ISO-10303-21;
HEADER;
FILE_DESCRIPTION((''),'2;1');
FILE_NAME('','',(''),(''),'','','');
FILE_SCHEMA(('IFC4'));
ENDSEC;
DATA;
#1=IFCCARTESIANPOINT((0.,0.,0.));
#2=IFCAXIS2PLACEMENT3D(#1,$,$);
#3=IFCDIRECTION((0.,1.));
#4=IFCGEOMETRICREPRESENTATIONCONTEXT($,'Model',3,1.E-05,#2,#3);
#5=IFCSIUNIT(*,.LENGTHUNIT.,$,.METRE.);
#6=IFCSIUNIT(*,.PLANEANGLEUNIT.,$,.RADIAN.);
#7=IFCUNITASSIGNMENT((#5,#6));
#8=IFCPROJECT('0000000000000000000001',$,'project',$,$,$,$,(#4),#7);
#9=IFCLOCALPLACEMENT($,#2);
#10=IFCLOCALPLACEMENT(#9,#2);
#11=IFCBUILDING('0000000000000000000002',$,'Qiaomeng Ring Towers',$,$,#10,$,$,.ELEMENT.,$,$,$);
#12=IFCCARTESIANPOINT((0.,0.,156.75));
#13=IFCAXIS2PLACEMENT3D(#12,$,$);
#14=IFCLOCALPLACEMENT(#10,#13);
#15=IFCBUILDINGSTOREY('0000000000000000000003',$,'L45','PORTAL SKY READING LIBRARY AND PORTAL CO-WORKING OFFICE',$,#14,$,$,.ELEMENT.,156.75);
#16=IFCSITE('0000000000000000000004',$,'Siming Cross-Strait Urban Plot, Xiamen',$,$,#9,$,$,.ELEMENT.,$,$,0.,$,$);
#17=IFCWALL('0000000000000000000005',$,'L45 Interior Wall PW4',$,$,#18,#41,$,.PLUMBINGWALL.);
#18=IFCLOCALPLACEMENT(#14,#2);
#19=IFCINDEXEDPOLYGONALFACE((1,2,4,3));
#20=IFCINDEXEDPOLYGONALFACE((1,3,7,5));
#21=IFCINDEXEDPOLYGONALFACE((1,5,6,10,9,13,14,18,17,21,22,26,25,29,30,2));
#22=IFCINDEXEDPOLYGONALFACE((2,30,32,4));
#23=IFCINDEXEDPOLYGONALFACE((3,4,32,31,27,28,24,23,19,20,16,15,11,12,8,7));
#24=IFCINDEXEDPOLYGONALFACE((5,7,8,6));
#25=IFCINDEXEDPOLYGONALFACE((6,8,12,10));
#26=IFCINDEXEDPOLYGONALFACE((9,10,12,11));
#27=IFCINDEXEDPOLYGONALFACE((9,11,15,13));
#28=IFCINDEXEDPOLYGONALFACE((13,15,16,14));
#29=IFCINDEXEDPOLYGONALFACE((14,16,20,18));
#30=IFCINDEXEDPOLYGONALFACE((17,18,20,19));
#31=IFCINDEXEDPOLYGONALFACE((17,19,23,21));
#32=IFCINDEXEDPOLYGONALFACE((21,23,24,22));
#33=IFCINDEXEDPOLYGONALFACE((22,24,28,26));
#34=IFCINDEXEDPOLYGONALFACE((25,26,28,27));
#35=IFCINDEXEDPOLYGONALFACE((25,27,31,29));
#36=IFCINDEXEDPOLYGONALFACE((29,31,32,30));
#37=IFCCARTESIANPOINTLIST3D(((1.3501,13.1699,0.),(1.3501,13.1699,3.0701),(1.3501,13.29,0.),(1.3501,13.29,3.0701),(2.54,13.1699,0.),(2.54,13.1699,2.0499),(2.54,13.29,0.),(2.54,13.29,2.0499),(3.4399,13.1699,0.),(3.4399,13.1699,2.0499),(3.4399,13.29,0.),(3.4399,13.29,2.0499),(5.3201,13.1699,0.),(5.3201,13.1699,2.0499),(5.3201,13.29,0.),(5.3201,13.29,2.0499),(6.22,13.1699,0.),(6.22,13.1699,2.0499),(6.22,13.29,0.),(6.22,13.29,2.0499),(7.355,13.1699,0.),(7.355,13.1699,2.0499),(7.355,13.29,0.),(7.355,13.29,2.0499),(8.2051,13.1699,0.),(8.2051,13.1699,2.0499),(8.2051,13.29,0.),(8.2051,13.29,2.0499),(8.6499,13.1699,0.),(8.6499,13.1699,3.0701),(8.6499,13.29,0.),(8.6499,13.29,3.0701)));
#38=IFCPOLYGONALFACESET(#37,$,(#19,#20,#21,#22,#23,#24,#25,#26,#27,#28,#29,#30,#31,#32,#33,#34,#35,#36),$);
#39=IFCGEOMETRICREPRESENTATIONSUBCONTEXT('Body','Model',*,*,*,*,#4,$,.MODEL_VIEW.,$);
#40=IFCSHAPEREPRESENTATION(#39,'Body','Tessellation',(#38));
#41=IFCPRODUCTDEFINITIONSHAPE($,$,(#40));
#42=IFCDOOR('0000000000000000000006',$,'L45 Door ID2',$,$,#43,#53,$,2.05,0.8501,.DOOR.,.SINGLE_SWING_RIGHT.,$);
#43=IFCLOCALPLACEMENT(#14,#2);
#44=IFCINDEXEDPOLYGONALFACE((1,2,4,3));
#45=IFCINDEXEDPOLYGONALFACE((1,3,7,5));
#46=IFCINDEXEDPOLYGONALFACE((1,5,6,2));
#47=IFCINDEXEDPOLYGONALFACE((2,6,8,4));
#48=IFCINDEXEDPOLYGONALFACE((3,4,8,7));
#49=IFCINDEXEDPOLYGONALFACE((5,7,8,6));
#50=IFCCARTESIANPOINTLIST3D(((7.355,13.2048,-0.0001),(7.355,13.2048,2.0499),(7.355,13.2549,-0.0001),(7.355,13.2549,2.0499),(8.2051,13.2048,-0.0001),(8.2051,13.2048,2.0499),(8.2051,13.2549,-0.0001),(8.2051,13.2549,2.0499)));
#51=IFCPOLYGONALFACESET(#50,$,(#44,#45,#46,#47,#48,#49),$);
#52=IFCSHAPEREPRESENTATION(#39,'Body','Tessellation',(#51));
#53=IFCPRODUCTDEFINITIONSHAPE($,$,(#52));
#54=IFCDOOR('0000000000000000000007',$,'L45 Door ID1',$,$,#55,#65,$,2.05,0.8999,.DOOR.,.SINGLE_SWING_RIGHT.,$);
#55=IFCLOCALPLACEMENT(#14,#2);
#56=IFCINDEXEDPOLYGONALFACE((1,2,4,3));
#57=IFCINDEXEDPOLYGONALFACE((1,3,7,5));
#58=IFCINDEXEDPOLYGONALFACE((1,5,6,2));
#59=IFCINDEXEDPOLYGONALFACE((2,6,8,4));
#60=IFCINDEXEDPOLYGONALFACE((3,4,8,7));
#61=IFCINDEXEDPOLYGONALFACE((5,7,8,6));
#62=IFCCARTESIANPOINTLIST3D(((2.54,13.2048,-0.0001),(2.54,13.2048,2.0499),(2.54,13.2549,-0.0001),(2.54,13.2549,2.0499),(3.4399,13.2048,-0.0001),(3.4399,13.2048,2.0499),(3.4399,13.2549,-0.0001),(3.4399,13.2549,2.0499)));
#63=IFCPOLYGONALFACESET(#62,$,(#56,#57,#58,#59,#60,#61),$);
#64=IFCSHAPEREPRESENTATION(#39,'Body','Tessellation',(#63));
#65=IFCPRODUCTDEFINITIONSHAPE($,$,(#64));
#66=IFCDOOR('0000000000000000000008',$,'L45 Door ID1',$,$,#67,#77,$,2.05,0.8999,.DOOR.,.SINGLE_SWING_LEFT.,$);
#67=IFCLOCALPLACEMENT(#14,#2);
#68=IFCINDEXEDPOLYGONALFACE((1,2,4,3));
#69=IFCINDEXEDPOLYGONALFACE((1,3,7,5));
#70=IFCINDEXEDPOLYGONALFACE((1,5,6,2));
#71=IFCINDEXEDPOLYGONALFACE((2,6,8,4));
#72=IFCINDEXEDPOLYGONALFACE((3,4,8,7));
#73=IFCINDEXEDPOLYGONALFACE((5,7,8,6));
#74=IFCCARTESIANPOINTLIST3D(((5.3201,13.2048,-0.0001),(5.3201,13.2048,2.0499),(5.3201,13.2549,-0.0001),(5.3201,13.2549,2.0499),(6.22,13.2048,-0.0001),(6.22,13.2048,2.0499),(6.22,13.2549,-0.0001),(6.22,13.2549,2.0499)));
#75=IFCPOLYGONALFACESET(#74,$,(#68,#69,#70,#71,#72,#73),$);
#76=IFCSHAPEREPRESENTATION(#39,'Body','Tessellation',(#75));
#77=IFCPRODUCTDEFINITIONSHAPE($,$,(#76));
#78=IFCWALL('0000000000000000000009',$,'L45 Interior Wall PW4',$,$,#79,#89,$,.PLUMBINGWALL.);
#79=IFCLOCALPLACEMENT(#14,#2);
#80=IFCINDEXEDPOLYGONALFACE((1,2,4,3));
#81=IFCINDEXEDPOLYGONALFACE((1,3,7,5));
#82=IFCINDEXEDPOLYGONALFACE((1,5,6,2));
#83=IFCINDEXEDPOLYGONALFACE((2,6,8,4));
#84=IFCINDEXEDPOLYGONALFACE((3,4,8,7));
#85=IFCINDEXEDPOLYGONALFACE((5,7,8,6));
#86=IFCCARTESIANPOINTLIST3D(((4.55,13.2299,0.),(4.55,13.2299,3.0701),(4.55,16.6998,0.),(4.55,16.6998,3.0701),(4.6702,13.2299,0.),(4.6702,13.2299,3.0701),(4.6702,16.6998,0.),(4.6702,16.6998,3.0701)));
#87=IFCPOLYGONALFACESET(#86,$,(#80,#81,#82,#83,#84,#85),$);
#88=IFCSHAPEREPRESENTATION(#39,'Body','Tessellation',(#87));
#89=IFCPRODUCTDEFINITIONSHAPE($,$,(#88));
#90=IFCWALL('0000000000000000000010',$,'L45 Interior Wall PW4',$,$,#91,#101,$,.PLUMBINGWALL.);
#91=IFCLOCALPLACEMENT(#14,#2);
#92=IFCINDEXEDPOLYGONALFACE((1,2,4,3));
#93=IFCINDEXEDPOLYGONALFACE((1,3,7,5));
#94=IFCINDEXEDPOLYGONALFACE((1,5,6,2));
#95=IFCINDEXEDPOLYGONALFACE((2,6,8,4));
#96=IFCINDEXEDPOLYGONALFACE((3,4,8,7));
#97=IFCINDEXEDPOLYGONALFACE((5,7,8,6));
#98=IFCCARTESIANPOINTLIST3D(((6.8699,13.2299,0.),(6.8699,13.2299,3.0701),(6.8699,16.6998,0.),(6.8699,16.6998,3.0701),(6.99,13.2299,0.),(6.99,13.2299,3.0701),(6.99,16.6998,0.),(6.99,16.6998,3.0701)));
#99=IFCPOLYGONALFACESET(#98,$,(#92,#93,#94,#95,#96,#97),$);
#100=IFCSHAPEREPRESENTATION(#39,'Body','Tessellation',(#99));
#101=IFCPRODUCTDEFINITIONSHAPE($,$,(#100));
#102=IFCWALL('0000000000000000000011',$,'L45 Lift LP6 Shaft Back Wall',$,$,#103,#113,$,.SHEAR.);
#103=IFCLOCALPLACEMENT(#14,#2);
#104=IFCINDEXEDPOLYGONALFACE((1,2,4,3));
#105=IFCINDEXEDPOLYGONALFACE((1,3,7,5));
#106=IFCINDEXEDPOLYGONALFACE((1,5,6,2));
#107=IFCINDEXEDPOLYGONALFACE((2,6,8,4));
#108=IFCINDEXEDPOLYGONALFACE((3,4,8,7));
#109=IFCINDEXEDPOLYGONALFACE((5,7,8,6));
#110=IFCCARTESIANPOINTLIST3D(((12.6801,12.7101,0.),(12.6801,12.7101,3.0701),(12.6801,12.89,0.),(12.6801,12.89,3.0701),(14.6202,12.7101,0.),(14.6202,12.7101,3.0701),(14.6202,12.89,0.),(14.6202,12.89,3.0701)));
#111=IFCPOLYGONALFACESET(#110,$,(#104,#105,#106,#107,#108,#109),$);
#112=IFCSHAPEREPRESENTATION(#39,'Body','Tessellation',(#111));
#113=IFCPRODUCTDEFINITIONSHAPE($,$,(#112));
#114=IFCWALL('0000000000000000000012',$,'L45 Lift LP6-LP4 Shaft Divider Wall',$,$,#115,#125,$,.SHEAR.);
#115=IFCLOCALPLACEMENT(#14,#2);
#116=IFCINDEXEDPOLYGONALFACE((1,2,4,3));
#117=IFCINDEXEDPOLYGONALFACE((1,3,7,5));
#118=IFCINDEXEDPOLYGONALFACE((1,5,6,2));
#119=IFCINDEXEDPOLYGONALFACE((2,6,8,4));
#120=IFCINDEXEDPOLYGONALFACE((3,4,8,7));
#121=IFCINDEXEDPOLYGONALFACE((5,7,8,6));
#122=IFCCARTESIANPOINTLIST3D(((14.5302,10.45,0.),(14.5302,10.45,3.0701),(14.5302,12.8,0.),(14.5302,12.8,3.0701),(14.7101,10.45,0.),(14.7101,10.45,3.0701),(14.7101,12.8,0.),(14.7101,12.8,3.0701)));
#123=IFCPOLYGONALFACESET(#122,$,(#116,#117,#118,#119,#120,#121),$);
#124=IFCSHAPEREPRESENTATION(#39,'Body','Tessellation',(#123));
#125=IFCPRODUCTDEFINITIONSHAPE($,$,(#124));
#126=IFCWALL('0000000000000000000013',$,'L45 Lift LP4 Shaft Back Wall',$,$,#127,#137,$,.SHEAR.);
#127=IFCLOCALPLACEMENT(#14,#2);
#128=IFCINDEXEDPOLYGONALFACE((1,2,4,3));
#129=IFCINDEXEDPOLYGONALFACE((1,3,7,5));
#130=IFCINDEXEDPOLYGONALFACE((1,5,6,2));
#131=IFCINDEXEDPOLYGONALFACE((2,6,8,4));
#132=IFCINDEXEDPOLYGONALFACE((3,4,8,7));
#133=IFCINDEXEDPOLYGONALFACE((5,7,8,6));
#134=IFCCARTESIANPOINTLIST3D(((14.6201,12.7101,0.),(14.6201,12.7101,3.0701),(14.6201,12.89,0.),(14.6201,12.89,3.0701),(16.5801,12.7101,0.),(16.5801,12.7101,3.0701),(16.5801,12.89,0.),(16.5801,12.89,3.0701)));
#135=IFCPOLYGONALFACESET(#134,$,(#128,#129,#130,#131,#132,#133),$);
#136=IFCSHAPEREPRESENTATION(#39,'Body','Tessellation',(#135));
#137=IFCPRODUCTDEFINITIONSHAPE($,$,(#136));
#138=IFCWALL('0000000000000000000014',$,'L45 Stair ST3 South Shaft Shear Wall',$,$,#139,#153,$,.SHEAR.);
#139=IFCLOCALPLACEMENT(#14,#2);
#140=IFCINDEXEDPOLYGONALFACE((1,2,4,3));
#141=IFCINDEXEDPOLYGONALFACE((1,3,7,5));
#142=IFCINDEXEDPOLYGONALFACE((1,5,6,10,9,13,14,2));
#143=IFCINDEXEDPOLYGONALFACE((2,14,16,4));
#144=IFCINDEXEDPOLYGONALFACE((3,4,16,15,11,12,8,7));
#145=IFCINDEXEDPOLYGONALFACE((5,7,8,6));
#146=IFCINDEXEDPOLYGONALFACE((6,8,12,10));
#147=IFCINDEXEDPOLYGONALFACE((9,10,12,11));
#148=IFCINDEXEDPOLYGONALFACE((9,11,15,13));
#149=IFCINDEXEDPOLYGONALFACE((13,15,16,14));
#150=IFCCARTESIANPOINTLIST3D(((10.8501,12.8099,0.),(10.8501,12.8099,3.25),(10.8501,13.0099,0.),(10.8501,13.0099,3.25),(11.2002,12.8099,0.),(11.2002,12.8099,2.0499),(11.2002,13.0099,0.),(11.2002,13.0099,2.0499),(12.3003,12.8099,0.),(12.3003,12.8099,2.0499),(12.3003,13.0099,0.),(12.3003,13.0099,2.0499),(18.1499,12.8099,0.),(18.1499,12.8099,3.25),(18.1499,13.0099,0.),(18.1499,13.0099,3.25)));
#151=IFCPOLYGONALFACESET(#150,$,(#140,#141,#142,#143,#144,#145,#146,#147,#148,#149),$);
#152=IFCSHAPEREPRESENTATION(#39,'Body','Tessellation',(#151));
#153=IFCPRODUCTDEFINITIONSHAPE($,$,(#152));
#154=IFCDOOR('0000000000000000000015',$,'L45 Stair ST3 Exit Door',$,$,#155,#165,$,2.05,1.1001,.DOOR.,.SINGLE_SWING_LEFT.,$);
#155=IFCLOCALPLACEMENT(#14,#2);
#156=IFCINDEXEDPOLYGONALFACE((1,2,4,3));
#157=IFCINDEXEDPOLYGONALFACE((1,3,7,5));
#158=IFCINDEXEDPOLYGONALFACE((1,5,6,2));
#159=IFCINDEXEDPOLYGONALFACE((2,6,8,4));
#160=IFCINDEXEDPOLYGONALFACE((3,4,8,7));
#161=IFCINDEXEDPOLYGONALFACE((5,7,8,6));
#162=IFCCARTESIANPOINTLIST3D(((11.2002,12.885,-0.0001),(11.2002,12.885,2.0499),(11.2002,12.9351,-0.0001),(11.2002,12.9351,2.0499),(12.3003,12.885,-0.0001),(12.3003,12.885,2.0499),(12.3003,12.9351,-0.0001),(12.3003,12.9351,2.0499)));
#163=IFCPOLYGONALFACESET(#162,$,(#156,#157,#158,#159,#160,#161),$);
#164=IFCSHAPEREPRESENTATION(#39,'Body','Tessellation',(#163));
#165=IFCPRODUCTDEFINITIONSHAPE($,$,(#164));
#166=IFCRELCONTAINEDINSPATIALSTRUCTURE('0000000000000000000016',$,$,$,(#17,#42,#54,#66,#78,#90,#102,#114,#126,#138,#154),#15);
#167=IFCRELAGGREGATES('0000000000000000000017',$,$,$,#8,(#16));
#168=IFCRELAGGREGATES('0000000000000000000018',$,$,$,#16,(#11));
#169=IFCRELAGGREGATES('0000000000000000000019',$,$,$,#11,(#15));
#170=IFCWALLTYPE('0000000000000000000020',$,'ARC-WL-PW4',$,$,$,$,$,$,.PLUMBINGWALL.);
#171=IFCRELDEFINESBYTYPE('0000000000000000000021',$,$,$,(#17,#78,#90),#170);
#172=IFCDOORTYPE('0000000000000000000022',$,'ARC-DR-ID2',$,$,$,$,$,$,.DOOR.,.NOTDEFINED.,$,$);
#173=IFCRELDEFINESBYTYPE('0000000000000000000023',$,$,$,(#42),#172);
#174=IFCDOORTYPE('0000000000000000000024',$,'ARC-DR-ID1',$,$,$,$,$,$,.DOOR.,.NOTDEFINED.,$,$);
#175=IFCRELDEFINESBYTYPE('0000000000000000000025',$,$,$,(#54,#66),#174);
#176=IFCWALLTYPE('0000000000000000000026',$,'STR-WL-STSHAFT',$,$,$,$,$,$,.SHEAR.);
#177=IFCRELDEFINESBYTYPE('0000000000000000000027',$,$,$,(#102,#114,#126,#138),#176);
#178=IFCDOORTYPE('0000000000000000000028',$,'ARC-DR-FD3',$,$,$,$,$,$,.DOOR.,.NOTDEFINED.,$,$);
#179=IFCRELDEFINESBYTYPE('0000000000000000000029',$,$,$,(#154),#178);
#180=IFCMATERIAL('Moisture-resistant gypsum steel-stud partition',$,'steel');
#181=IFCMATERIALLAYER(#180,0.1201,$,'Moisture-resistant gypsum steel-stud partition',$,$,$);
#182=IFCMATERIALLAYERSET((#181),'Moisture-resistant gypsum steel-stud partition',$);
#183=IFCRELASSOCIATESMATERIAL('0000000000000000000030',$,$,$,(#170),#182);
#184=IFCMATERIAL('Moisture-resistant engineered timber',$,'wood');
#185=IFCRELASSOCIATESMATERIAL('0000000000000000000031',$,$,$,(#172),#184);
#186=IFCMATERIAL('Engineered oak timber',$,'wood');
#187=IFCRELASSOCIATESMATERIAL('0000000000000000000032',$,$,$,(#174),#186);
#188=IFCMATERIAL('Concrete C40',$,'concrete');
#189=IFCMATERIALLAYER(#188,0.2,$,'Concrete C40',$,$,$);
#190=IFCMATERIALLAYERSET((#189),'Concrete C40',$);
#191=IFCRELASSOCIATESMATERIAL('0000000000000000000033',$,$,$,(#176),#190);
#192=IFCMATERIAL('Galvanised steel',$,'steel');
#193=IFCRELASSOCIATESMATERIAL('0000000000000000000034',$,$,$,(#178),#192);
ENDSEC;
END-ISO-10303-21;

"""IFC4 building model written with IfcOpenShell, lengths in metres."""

from ifc_helpers import new_model, si_unit, direction, frame, frame_2d, origin, place, context, subcontext, project, spatial, rectangle, extrude, source, transform, mapped, material, layer, layer_set, type_object, element, fill, save


model = new_model("IFC4")

# Units and contexts
model_context = context("Model", 3, precision=1e-05, world=origin(), true_north=direction((0.0, 1.0)))
body_context = subcontext(model_context, "Body", "Model", "MODEL_VIEW")
ifc_project = project(units=[si_unit("LENGTHUNIT", "METRE"), si_unit("PLANEANGLEUNIT", "RADIAN")], contexts=[model_context])

# Site, building, storey
site_placement = place(None, origin())
site = spatial("IfcSite", under=ifc_project, at=site_placement, Name="Siming Cross-Strait Urban Plot, Xiamen", CompositionType="ELEMENT", RefElevation=0.0)
building_placement = place(site_placement, origin())
building = spatial("IfcBuilding", under=site, at=building_placement, Name="Qiaomeng Ring Towers", CompositionType="ELEMENT")
storey_placement = place(building_placement, frame((0.0, 0.0, 156.75)))
storey = spatial("IfcBuildingStorey", under=building, at=storey_placement, Name="L45", Description="PORTAL SKY READING LIBRARY AND PORTAL CO-WORKING OFFICE", CompositionType="ELEMENT", Elevation=156.75)

# Wall, openings, doors
ifc_material_1 = material(Name="Moisture-resistant gypsum steel-stud partition", Category="steel")
ifc_layer_1 = layer(ifc_material_1, 0.1201, Name="Moisture-resistant gypsum steel-stud partition")
ifc_layer_set_1 = layer_set([ifc_layer_1], Name="Moisture-resistant gypsum steel-stud partition")
wall_type_1 = type_object("IfcWallType", Name="ARC-WL-PW4", PredefinedType="PLUMBINGWALL", material=ifc_layer_set_1)
wall_1_placement = place(storey_placement, frame((1.3501, 13.23, 0.0), z_axis=(0.0, 0.0, 1.0), x_axis=(1.0, 0.0, 0.0)))
wall_1 = element("IfcWall", 1, at=wall_1_placement, inside=storey, type_object=wall_type_1, Name="L45 Interior Wall PW4", PredefinedType="PLUMBINGWALL", context=body_context, shape_type="SweptSolid", body=[
    extrude(rectangle(XDim=7.2998, YDim=0.1201, at=frame_2d((3.6499, 0.0))), origin(), (0.0, 0.0, 1.0), 3.0701),
])
opening_1_placement = place(wall_1_placement, frame((1.1899, 0.0, 0.0)))
opening_1 = element("IfcOpeningElement", 2, at=opening_1_placement, cuts=wall_1, PredefinedType="OPENING", context=body_context, shape_type="SweptSolid", body=[
    extrude(rectangle(XDim=0.8999, YDim=2.05, at=frame_2d((0.45, 1.0249))), frame((0.0, 0.0701, 0.0), z_axis=(0.0, -1.0, 0.0), x_axis=(1.0, 0.0, 0.0)), (0.0, 0.0, 1.0), 0.1401),
])
opening_2_placement = place(wall_1_placement, frame((3.97, 0.0, 0.0)))
opening_2 = element("IfcOpeningElement", 3, at=opening_2_placement, cuts=wall_1, PredefinedType="OPENING", context=body_context, shape_type="SweptSolid", body=[
    extrude(rectangle(XDim=0.8999, YDim=2.05, at=frame_2d((0.45, 1.0249))), frame((0.0, 0.0701, 0.0), z_axis=(0.0, -1.0, 0.0), x_axis=(1.0, 0.0, 0.0)), (0.0, 0.0, 1.0), 0.1401),
])
opening_3_placement = place(wall_1_placement, frame((6.0049, 0.0, 0.0)))
opening_3 = element("IfcOpeningElement", 4, at=opening_3_placement, cuts=wall_1, PredefinedType="OPENING", context=body_context, shape_type="SweptSolid", body=[
    extrude(rectangle(XDim=0.8501, YDim=2.05, at=frame_2d((0.425, 1.0249))), frame((0.0, 0.0701, 0.0), z_axis=(0.0, -1.0, 0.0), x_axis=(1.0, 0.0, 0.0)), (0.0, 0.0, 1.0), 0.1401),
])
ifc_material_2 = material(Name="Moisture-resistant engineered timber", Category="wood")
door_type_1 = type_object("IfcDoorType", Name="ARC-DR-ID2", OperationType="NOTDEFINED", PredefinedType="DOOR", material=ifc_material_2)
shared_shape_1 = source(origin(), body_context, "Body", "SweptSolid", [
    extrude(rectangle(XDim=0.8501, YDim=2.05, at=frame_2d((0.425, 1.0249))), frame((0.0, 0.0249, 0.0), z_axis=(0.0, -1.0, 0.0), x_axis=(1.0, 0.0, 0.0)), (0.0, 0.0, 1.0), 0.05),
])
door_1_placement = place(opening_3_placement, origin())
door_1 = element("IfcDoor", 5, at=door_1_placement, inside=storey, type_object=door_type_1, Name="L45 Door ID2", OperationType="SINGLE_SWING_RIGHT", OverallHeight=2.05, OverallWidth=0.8501, PredefinedType="DOOR", context=body_context, shape_type="MappedRepresentation", body=[
    mapped(shared_shape_1, transform((0.0, 0.0, 0.0), x_axis=(1.0, 0.0, 0.0), y_axis=(0.0, 1.0, 0.0), z_axis=(0.0, 0.0, 1.0), scale=1.0)),
])
fill(opening_3, door_1)
ifc_material_3 = material(Name="Engineered oak timber", Category="wood")
door_type_2 = type_object("IfcDoorType", Name="ARC-DR-ID1", OperationType="NOTDEFINED", PredefinedType="DOOR", material=ifc_material_3)
shared_shape_2 = source(origin(), body_context, "Body", "SweptSolid", [
    extrude(rectangle(XDim=0.8999, YDim=2.05, at=frame_2d((0.45, 1.0249))), frame((0.0, 0.0249, 0.0), z_axis=(0.0, -1.0, 0.0), x_axis=(1.0, 0.0, 0.0)), (0.0, 0.0, 1.0), 0.05),
])
door_2_placement = place(opening_1_placement, origin())
door_2 = element("IfcDoor", 6, at=door_2_placement, inside=storey, type_object=door_type_2, Name="L45 Door ID1", OperationType="SINGLE_SWING_RIGHT", OverallHeight=2.05, OverallWidth=0.8999, PredefinedType="DOOR", context=body_context, shape_type="MappedRepresentation", body=[
    mapped(shared_shape_2, transform((0.0, 0.0, 0.0), x_axis=(1.0, 0.0, 0.0), y_axis=(0.0, 1.0, 0.0), z_axis=(0.0, 0.0, 1.0), scale=1.0)),
])
fill(opening_1, door_2)
door_3_placement = place(opening_2_placement, origin())
door_3 = element("IfcDoor", 7, at=door_3_placement, inside=storey, type_object=door_type_2, Name="L45 Door ID1", OperationType="SINGLE_SWING_LEFT", OverallHeight=2.05, OverallWidth=0.8999, PredefinedType="DOOR", context=body_context, shape_type="MappedRepresentation", body=[
    mapped(shared_shape_2, transform((0.0, 0.0, 0.0), x_axis=(1.0, 0.0, 0.0), y_axis=(0.0, 1.0, 0.0), z_axis=(0.0, 0.0, 1.0), scale=1.0)),
])
fill(opening_2, door_3)

# Walls
for number, where, z_axis, x_axis, name in (
    (8, (4.6101, 13.23, 0.0), (0.0, 0.0, 1.0), (0.0, 1.0, 0.0), "L45 Interior Wall PW4"),
    (9, (6.9299, 13.23, 0.0), (0.0, 0.0, 1.0), (0.0, 1.0, 0.0), "L45 Interior Wall PW4"),
):
    element("IfcWall", number, at=place(storey_placement, frame(where, z_axis=z_axis, x_axis=x_axis)), inside=storey, type_object=wall_type_1, Name=name, PredefinedType="PLUMBINGWALL", context=body_context, shape_type="SweptSolid", body=[
        extrude(rectangle(XDim=3.47, YDim=0.1201, at=frame_2d((1.7349, 0.0))), origin(), (0.0, 0.0, 1.0), 3.0701),
    ])
ifc_material_4 = material(Name="Concrete C40", Category="concrete")
ifc_layer_2 = layer(ifc_material_4, 0.2, Name="Concrete C40")
ifc_layer_set_2 = layer_set([ifc_layer_2], Name="Concrete C40")
wall_type_2 = type_object("IfcWallType", Name="STR-WL-STSHAFT", PredefinedType="SHEAR", material=ifc_layer_set_2)
wall_2_placement = place(storey_placement, frame((12.6799, 12.8, 0.0), z_axis=(0.0, 0.0, 1.0), x_axis=(1.0, 0.0, 0.0)))
element("IfcWall", 10, at=wall_2_placement, inside=storey, type_object=wall_type_2, Name="L45 Lift LP6 Shaft Back Wall", PredefinedType="SHEAR", context=body_context, shape_type="SweptSolid", body=[
    extrude(rectangle(XDim=1.9402, YDim=0.1799, at=frame_2d((0.9702, 0.0))), origin(), (0.0, 0.0, 1.0), 3.0701),
])
wall_3_placement = place(storey_placement, frame((14.6201, 10.45, 0.0), z_axis=(0.0, 0.0, 1.0), x_axis=(0.0, 1.0, 0.0)))
element("IfcWall", 11, at=wall_3_placement, inside=storey, type_object=wall_type_2, Name="L45 Lift LP6-LP4 Shaft Divider Wall", PredefinedType="SHEAR", context=body_context, shape_type="SweptSolid", body=[
    extrude(rectangle(XDim=2.3501, YDim=0.1799, at=frame_2d((1.175, 0.0))), origin(), (0.0, 0.0, 1.0), 3.0701),
])
wall_4_placement = place(storey_placement, frame((14.6201, 12.8, 0.0), z_axis=(0.0, 0.0, 1.0), x_axis=(1.0, 0.0, 0.0)))
element("IfcWall", 12, at=wall_4_placement, inside=storey, type_object=wall_type_2, Name="L45 Lift LP4 Shaft Back Wall", PredefinedType="SHEAR", context=body_context, shape_type="SweptSolid", body=[
    extrude(rectangle(XDim=1.96, YDim=0.1799, at=frame_2d((0.98, 0.0))), origin(), (0.0, 0.0, 1.0), 3.0701),
])

# Wall, opening, door
wall_5_placement = place(storey_placement, frame((10.8501, 12.9099, 0.0), z_axis=(0.0, 0.0, 1.0), x_axis=(1.0, 0.0, 0.0)))
wall_5 = element("IfcWall", 13, at=wall_5_placement, inside=storey, type_object=wall_type_2, Name="L45 Stair ST3 South Shaft Shear Wall", PredefinedType="SHEAR", context=body_context, shape_type="SweptSolid", body=[
    extrude(rectangle(XDim=7.2998, YDim=0.2, at=frame_2d((3.6499, 0.0))), origin(), (0.0, 0.0, 1.0), 3.25),
])
opening_4_placement = place(wall_5_placement, frame((0.3501, 0.0, 0.0)))
opening_4 = element("IfcOpeningElement", 14, at=opening_4_placement, cuts=wall_5, PredefinedType="OPENING", context=body_context, shape_type="SweptSolid", body=[
    extrude(rectangle(XDim=1.1001, YDim=2.05, at=frame_2d((0.55, 1.0249))), frame((0.0, 0.1099, 0.0), z_axis=(0.0, -1.0, 0.0), x_axis=(1.0, 0.0, 0.0)), (0.0, 0.0, 1.0), 0.22),
])
ifc_material_5 = material(Name="Galvanised steel", Category="steel")
door_type_3 = type_object("IfcDoorType", Name="ARC-DR-FD3", OperationType="NOTDEFINED", PredefinedType="DOOR", material=ifc_material_5)
shared_shape_3 = source(origin(), body_context, "Body", "SweptSolid", [
    extrude(rectangle(XDim=1.1001, YDim=2.05, at=frame_2d((0.55, 1.0249))), frame((0.0, 0.0249, 0.0), z_axis=(0.0, -1.0, 0.0), x_axis=(1.0, 0.0, 0.0)), (0.0, 0.0, 1.0), 0.05),
])
door_4_placement = place(opening_4_placement, frame((1.1001, 0.0, 0.0), z_axis=(0.0, 0.0, 1.0), x_axis=(-1.0, 0.0, 0.0)))
door_4 = element("IfcDoor", 15, at=door_4_placement, inside=storey, type_object=door_type_3, Name="L45 Stair ST3 Exit Door", OperationType="SINGLE_SWING_LEFT", OverallHeight=2.05, OverallWidth=1.1001, PredefinedType="DOOR", context=body_context, shape_type="MappedRepresentation", body=[
    mapped(shared_shape_3, transform((0.0, 0.0, 0.0), x_axis=(1.0, 0.0, 0.0), y_axis=(0.0, 1.0, 0.0), z_axis=(0.0, 0.0, 1.0), scale=1.0)),
])
fill(opening_4, door_4)

save(model, "model.ifc")
